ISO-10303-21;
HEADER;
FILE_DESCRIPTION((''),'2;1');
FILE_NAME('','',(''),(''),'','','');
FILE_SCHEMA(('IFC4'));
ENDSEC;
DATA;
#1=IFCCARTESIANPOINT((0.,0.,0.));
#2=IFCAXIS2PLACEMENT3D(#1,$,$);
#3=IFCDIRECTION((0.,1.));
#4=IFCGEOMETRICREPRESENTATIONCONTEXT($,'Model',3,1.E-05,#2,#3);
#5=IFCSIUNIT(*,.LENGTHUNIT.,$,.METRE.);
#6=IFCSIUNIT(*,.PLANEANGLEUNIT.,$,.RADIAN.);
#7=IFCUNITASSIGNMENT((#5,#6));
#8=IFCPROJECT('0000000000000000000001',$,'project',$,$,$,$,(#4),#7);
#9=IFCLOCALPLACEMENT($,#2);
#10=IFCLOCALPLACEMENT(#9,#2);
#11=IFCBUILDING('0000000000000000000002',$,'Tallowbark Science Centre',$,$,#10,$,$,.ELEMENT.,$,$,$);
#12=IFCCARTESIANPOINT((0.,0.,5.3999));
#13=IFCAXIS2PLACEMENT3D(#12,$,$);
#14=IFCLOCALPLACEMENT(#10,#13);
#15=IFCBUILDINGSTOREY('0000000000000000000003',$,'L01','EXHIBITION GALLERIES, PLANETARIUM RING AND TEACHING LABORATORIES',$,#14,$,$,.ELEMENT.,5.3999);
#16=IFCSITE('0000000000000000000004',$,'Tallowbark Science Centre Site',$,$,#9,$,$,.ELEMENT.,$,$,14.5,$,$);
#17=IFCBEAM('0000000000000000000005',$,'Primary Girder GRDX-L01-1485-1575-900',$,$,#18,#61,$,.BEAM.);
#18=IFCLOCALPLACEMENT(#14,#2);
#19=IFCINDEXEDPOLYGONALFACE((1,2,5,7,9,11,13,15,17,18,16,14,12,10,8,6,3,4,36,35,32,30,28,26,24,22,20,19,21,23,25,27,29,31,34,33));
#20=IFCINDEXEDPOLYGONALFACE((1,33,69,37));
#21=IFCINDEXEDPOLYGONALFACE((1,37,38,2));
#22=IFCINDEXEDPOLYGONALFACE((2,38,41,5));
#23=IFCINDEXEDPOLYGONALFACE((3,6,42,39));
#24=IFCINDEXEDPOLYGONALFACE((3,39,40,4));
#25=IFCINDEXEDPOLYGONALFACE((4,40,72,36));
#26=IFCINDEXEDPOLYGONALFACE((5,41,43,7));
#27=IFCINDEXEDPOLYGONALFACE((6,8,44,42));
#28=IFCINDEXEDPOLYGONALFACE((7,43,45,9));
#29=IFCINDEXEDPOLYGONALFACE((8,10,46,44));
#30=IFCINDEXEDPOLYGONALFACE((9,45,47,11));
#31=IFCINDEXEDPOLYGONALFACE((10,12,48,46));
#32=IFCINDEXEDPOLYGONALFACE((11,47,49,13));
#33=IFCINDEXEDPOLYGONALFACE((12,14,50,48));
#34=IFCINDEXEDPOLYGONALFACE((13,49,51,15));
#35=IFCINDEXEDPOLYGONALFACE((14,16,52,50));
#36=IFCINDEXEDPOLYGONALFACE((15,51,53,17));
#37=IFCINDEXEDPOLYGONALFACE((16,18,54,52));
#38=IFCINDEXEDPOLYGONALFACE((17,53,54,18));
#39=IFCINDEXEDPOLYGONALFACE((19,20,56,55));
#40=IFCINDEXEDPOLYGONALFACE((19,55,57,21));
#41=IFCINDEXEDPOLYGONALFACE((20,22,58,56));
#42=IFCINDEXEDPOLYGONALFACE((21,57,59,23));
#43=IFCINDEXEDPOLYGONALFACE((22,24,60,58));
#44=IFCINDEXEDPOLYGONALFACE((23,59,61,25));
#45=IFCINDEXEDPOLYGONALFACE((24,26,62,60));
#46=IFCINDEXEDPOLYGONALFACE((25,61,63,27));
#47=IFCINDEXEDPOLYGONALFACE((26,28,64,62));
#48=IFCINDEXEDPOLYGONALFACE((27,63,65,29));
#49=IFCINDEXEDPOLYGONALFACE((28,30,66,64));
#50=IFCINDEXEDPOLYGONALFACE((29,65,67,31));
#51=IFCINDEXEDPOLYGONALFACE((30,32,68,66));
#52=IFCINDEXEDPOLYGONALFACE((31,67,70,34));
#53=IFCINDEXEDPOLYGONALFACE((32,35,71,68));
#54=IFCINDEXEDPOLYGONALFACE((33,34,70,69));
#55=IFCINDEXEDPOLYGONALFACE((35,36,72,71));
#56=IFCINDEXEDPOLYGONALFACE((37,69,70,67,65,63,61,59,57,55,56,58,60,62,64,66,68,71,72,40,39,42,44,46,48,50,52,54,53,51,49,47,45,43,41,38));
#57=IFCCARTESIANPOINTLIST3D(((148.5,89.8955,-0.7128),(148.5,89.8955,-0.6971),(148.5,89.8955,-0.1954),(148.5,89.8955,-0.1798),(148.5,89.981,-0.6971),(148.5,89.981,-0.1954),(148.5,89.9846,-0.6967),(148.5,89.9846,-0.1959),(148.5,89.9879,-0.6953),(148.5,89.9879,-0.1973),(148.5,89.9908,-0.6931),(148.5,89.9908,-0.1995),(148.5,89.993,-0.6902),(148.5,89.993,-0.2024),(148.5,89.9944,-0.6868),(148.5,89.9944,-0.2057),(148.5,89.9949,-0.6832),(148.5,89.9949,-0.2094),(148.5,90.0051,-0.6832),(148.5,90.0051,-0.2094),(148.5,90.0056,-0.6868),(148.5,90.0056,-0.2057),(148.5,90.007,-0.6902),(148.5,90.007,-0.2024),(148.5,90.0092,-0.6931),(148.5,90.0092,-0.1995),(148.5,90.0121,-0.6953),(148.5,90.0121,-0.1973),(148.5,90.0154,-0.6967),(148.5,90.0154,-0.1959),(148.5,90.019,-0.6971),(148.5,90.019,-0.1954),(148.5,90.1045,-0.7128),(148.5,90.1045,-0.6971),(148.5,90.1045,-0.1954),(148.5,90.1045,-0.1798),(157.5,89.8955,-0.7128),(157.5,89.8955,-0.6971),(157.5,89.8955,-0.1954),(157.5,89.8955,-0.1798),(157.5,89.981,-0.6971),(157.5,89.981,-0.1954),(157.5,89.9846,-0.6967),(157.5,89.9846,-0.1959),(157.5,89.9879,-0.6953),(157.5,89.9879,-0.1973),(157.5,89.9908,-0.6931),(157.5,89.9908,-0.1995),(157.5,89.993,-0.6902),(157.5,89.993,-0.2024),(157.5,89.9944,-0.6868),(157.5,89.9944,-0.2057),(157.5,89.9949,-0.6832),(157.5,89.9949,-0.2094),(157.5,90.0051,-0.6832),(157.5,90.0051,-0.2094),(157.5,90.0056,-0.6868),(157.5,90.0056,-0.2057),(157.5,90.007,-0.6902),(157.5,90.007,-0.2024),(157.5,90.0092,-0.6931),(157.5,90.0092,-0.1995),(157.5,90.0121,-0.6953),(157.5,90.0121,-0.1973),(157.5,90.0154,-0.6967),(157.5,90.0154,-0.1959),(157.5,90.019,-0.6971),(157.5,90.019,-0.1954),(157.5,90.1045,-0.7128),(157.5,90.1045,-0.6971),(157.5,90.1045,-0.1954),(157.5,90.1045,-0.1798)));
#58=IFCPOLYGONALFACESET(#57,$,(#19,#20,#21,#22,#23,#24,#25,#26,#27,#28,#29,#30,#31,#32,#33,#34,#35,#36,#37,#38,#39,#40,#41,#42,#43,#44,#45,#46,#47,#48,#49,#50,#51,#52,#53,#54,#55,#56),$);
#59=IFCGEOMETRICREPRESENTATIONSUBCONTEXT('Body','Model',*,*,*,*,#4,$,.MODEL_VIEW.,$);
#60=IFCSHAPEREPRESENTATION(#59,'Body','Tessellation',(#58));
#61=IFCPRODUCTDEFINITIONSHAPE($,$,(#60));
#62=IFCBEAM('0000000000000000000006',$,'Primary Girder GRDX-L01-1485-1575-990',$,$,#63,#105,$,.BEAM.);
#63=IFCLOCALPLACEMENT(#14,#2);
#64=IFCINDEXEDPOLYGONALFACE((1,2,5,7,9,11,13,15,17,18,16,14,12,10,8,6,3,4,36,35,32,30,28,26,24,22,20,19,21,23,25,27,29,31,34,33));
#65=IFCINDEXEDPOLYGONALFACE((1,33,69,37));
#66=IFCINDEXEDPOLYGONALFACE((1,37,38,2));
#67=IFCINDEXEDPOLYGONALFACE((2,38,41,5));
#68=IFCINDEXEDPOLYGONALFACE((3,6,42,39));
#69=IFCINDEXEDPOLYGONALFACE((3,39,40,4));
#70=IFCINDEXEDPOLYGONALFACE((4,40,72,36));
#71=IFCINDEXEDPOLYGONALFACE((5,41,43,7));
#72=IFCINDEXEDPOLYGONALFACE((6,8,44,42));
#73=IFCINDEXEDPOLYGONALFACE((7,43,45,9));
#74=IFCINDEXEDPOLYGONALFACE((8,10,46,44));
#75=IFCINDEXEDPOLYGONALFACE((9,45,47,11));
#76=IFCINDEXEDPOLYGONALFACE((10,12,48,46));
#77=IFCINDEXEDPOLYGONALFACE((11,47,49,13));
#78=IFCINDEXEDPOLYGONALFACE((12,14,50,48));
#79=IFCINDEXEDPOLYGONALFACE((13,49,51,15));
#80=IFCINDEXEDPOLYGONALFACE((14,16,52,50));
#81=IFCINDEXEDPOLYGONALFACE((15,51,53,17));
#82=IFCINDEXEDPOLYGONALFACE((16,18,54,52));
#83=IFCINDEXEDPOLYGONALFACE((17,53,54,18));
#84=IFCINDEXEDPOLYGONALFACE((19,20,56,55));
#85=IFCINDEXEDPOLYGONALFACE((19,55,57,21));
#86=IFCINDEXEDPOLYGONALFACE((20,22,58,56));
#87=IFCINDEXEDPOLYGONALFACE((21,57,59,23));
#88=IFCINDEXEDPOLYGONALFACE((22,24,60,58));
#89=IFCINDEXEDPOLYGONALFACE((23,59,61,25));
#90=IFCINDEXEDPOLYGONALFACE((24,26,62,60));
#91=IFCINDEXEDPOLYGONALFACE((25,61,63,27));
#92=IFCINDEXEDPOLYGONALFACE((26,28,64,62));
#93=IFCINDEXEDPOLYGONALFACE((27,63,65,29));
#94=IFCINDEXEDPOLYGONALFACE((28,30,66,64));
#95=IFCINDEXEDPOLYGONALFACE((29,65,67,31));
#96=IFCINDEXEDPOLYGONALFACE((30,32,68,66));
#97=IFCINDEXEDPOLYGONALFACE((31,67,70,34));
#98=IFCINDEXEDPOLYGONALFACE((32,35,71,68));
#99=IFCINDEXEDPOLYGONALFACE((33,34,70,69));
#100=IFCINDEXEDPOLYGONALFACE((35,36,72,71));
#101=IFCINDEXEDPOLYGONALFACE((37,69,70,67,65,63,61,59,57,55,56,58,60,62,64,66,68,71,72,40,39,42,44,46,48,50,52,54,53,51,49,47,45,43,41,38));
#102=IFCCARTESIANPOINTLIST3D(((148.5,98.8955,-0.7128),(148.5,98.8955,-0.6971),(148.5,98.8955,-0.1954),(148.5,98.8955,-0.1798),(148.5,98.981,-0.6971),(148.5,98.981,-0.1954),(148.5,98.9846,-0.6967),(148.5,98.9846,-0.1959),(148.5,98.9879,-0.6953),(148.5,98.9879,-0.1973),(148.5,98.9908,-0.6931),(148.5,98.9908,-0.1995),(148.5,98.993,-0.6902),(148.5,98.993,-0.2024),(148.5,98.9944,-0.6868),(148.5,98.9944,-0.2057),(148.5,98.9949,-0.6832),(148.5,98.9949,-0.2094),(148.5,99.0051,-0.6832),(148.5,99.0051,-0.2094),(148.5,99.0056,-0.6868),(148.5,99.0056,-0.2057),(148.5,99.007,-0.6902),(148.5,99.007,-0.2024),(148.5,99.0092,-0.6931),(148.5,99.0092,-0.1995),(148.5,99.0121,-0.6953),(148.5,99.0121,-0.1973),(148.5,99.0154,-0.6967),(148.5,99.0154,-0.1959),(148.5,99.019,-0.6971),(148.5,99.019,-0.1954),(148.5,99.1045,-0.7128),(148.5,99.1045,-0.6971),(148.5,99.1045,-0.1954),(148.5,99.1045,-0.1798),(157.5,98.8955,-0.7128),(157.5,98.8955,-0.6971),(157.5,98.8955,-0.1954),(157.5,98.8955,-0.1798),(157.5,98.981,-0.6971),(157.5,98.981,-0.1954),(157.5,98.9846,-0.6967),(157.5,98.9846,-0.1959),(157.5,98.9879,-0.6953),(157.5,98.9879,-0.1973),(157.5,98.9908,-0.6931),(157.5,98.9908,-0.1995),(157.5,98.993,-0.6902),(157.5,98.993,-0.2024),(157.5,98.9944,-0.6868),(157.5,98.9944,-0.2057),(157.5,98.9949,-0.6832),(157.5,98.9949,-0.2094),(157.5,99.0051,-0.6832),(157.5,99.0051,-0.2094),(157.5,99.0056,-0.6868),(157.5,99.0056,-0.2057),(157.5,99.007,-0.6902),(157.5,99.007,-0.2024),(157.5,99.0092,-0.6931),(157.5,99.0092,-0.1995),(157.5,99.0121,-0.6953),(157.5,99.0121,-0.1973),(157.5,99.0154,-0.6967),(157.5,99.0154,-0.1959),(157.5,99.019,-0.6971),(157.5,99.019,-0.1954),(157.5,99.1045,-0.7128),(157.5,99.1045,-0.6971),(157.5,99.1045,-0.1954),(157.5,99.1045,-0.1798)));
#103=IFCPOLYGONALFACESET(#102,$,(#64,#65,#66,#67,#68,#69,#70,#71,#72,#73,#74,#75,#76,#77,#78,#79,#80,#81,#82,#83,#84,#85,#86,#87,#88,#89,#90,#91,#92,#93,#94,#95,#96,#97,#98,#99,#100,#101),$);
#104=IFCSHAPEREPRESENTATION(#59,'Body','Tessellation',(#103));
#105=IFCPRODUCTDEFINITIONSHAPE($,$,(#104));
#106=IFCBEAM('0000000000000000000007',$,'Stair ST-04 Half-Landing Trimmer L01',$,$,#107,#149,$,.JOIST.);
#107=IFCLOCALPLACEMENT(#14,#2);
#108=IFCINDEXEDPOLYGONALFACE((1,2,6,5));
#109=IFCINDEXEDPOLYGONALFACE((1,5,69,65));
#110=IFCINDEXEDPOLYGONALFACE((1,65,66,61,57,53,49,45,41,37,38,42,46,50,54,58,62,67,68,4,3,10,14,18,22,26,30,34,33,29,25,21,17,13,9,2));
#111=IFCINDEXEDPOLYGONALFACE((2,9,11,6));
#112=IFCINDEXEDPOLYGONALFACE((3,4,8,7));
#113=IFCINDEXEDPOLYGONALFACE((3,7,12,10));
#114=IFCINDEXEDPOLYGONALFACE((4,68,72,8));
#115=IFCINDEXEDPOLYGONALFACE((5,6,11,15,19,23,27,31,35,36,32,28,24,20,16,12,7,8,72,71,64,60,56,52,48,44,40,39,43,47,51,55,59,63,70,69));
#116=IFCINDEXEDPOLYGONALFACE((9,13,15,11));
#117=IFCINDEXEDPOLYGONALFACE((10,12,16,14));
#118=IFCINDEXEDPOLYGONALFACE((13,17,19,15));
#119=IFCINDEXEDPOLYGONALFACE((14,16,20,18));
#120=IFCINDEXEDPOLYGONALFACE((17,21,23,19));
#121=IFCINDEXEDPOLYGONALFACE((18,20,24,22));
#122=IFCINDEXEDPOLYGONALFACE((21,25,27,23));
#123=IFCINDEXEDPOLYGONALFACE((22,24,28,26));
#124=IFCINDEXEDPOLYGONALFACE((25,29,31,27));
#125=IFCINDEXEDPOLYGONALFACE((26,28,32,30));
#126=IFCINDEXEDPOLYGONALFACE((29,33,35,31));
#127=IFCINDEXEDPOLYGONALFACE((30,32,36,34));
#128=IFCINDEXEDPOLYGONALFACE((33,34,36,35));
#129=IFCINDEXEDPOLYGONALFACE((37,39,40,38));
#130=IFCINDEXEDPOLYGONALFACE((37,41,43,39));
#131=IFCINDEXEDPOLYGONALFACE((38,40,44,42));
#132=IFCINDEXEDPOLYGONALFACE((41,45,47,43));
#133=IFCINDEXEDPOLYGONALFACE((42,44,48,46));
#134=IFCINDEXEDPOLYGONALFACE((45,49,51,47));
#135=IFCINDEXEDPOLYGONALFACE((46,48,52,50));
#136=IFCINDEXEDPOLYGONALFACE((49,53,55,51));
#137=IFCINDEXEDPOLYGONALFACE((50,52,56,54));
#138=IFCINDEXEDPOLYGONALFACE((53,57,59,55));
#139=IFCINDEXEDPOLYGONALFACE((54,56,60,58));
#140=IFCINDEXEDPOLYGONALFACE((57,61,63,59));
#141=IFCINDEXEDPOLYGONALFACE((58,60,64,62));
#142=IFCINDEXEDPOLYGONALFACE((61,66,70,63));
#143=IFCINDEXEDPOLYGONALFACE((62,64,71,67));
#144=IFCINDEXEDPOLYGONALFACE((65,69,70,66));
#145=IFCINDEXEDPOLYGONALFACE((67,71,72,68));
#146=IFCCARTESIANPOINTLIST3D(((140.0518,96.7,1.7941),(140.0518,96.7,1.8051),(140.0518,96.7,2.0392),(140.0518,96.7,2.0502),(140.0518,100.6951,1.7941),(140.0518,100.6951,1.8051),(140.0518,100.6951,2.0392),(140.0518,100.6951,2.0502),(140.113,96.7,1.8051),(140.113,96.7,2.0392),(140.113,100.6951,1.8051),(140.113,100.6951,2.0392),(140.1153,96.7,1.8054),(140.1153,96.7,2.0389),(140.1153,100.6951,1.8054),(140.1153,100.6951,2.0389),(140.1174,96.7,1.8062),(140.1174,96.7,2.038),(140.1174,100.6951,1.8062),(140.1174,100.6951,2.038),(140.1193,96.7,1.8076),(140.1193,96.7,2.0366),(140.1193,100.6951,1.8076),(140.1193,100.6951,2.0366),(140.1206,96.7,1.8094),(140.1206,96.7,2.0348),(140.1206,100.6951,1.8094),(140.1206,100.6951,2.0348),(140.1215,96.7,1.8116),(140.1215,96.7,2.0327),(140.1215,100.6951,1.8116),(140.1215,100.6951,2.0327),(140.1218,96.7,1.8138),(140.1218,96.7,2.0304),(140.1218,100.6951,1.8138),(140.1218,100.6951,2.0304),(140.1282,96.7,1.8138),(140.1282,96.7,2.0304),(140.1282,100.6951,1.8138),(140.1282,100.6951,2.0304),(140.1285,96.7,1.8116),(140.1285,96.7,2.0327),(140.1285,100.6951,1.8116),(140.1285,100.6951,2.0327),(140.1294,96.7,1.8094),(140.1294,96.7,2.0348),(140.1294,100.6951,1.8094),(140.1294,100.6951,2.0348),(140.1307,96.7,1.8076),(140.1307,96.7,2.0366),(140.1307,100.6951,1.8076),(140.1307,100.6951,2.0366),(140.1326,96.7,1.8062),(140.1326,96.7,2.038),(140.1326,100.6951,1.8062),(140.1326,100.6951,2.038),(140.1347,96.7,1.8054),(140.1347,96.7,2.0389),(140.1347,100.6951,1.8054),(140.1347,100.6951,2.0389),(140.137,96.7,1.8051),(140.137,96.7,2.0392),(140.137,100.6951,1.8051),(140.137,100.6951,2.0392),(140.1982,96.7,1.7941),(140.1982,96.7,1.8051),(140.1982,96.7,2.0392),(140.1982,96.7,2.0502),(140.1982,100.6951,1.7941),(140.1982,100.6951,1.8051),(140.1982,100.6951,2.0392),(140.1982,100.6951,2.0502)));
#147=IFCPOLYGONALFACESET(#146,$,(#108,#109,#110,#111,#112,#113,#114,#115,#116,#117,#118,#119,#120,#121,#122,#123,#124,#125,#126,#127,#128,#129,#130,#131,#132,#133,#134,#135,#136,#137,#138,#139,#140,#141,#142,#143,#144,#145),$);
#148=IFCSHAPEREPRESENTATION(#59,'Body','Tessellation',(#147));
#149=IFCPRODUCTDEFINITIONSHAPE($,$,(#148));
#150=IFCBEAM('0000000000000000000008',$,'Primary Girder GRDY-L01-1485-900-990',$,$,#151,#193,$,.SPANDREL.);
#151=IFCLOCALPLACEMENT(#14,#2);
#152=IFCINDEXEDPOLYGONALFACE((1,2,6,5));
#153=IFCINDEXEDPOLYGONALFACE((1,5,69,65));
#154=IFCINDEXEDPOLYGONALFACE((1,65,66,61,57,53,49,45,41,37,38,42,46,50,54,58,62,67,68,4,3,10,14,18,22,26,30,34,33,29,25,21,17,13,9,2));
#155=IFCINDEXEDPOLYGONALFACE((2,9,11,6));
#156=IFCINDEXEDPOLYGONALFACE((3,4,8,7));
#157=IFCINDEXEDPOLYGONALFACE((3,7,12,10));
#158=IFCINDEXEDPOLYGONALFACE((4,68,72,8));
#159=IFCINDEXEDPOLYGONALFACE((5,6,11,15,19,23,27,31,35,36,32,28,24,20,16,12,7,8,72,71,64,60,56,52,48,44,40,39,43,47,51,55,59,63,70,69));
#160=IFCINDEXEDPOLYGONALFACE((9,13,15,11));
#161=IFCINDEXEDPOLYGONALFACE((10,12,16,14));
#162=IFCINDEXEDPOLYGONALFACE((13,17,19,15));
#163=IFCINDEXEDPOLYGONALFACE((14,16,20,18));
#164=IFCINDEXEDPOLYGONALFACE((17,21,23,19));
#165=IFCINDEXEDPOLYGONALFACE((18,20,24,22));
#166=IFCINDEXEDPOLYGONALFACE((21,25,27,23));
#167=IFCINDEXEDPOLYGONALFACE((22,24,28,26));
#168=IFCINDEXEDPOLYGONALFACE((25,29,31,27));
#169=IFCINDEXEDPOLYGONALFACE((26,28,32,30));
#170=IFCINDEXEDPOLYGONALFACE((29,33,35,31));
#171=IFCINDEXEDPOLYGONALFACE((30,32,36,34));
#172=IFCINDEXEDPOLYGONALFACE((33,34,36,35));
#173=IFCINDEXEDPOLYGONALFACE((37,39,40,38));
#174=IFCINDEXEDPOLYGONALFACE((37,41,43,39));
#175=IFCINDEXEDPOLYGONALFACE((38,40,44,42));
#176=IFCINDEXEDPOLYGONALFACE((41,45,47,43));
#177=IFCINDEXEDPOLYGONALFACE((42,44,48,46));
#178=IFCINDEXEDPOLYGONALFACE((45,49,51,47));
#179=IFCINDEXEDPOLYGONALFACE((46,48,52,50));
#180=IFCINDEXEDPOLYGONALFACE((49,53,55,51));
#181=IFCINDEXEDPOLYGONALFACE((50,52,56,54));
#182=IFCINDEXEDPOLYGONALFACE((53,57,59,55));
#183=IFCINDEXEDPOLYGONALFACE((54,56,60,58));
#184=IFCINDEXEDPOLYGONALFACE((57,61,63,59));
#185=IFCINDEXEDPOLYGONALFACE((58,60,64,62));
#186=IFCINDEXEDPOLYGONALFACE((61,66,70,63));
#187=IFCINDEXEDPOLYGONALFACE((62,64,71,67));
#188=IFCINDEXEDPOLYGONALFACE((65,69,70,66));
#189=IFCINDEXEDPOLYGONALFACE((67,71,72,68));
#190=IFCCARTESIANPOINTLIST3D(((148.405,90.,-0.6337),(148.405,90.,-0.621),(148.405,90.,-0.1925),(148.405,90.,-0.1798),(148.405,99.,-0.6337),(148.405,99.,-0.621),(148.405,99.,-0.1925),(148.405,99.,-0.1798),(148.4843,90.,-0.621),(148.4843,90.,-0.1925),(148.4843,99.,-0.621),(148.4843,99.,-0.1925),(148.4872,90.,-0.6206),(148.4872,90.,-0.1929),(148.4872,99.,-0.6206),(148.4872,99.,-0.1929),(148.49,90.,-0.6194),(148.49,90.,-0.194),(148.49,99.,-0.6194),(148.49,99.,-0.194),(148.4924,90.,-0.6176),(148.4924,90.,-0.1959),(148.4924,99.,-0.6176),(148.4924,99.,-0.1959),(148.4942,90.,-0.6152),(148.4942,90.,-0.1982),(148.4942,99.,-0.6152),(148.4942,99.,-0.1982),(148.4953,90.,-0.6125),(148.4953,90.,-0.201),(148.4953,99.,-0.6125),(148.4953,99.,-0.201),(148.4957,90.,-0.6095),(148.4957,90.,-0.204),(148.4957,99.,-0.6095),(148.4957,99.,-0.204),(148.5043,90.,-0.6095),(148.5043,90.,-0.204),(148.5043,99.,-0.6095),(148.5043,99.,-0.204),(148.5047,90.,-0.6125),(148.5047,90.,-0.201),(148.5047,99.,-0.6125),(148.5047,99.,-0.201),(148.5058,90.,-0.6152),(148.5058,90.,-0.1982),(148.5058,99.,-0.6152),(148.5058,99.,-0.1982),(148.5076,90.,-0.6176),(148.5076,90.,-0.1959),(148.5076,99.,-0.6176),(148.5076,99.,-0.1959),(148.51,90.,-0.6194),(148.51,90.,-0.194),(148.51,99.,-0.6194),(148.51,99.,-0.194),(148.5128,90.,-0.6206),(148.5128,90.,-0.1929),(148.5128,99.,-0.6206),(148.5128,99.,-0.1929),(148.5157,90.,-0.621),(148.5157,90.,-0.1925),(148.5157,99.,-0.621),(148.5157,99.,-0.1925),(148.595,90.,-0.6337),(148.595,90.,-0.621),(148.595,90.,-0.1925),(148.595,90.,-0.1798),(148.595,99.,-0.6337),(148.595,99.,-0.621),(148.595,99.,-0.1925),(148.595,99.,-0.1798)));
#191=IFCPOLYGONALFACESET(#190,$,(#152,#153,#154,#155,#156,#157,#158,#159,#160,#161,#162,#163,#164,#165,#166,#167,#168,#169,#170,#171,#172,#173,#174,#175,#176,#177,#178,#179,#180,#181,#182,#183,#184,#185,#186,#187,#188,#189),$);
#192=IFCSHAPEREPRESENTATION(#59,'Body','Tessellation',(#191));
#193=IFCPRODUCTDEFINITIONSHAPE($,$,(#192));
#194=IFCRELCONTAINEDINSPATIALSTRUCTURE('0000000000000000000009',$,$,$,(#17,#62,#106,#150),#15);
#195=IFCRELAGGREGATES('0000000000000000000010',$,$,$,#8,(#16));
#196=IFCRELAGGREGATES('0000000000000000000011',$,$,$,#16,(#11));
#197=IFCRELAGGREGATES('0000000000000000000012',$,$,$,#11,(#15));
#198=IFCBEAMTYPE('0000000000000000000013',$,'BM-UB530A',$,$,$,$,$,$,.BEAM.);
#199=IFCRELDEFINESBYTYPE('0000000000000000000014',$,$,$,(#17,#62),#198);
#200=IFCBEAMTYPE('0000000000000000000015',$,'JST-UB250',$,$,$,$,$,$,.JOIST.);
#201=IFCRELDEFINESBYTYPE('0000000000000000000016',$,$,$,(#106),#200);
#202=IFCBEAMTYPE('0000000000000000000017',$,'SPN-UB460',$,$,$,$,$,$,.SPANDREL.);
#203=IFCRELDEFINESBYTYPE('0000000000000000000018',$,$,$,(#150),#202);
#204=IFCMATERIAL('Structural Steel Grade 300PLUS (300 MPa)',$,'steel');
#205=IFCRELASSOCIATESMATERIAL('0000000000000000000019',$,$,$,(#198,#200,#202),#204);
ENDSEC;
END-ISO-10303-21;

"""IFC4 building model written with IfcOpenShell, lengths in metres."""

from ifc_helpers import new_model, si_unit, direction, frame, origin, origin_2d, place, context, subcontext, project, spatial, i_section, extrude, material, material_profile, profile_set, type_object, element, save


model = new_model("IFC4")

# Units and contexts
model_context = context("Model", 3, precision=1e-05, world=origin(), true_north=direction((0.0, 1.0)))
body_context = subcontext(model_context, "Body", "Model", "MODEL_VIEW")
ifc_project = project(units=[si_unit("LENGTHUNIT", "METRE"), si_unit("PLANEANGLEUNIT", "RADIAN")], contexts=[model_context])

# Site, building, storey
site_placement = place(None, origin())
site = spatial("IfcSite", under=ifc_project, at=site_placement, Name="Tallowbark Science Centre Site", CompositionType="ELEMENT", RefElevation=14.5)
building_placement = place(site_placement, origin())
building = spatial("IfcBuilding", under=site, at=building_placement, Name="Tallowbark Science Centre", CompositionType="ELEMENT")
storey_placement = place(building_placement, frame((0.0, 0.0, 5.3999)))
storey = spatial("IfcBuildingStorey", under=building, at=storey_placement, Name="L01", Description="EXHIBITION GALLERIES, PLANETARIUM RING AND TEACHING LABORATORIES", CompositionType="ELEMENT", Elevation=5.3999)

# Shared definitions
ifc_material_1 = material(Name="Structural Steel Grade 300PLUS (300 MPa)", Category="steel")

# Beams
ifc_material_profile_1 = material_profile(ifc_material_1, i_section(OverallWidth=0.209, OverallDepth=0.533, WebThickness=0.0103, FlangeThickness=0.0156, FilletRadius=0.0139, at=origin_2d()), Name="530UB92.4")
ifc_profile_set_1 = profile_set([ifc_material_profile_1], Name="Structural Steel Grade 300PLUS (300 MPa)")
beam_type_1 = type_object("IfcBeamType", Name="BM-UB530A", PredefinedType="BEAM", material=ifc_profile_set_1)
for number, where, z_axis, x_axis, name in (
    (1, (148.5, 90.0, -0.4463), (1.0, 0.0, 0.0), (0.0, 1.0, 0.0), "Primary Girder GRDX-L01-1485-1575-900"),
    (2, (148.5, 99.0, -0.4463), (1.0, 0.0, 0.0), (0.0, 1.0, 0.0), "Primary Girder GRDX-L01-1485-1575-990"),
):
    element("IfcBeam", number, at=place(storey_placement, frame(where, z_axis=z_axis, x_axis=x_axis)), inside=storey, type_object=beam_type_1, Name=name, PredefinedType="BEAM", context=body_context, shape_type="SweptSolid", body=[
        extrude(i_section(OverallWidth=0.209, OverallDepth=0.533, WebThickness=0.0103, FlangeThickness=0.0156, FilletRadius=0.0139, at=origin_2d()), origin(), (0.0, 0.0, 1.0), 9.0),
    ])
ifc_material_profile_2 = material_profile(ifc_material_1, i_section(OverallWidth=0.1465, OverallDepth=0.2561, WebThickness=0.0063, FlangeThickness=0.011, FilletRadius=0.0088, at=origin_2d()), Name="250UB37.3")
ifc_profile_set_2 = profile_set([ifc_material_profile_2], Name="Structural Steel Grade 300PLUS (300 MPa)")
beam_type_2 = type_object("IfcBeamType", Name="JST-UB250", PredefinedType="JOIST", material=ifc_profile_set_2)
beam_placement = place(storey_placement, frame((140.125, 96.7, 1.9221), z_axis=(0.0, 1.0, 0.0), x_axis=(-1.0, 0.0, 0.0)))
element("IfcBeam", 3, at=beam_placement, inside=storey, type_object=beam_type_2, Name="Stair ST-04 Half-Landing Trimmer L01", PredefinedType="JOIST", context=body_context, shape_type="SweptSolid", body=[
    extrude(i_section(OverallWidth=0.1465, OverallDepth=0.2561, WebThickness=0.0063, FlangeThickness=0.011, FilletRadius=0.0088, at=origin_2d()), origin(), (0.0, 0.0, 1.0), 3.9951),
])
ifc_material_profile_3 = material_profile(ifc_material_1, i_section(OverallWidth=0.1899, OverallDepth=0.4539, WebThickness=0.0085, FlangeThickness=0.0127, FilletRadius=0.0115, at=origin_2d()), Name="460UB67.1")
ifc_profile_set_3 = profile_set([ifc_material_profile_3], Name="Structural Steel Grade 300PLUS (300 MPa)")
beam_type_3 = type_object("IfcBeamType", Name="SPN-UB460", PredefinedType="SPANDREL", material=ifc_profile_set_3)
for number, where, z_axis, x_axis, name in (
    (4, (148.5, 90.0, -0.4067), (0.0, 1.0, 0.0), (-1.0, 0.0, 0.0), "Primary Girder GRDY-L01-1485-900-990"),
):
    element("IfcBeam", number, at=place(storey_placement, frame(where, z_axis=z_axis, x_axis=x_axis)), inside=storey, type_object=beam_type_3, Name=name, PredefinedType="SPANDREL", context=body_context, shape_type="SweptSolid", body=[
        extrude(i_section(OverallWidth=0.1899, OverallDepth=0.4539, WebThickness=0.0085, FlangeThickness=0.0127, FilletRadius=0.0115, at=origin_2d()), origin(), (0.0, 0.0, 1.0), 9.0),
    ])

save(model, "model.ifc")
